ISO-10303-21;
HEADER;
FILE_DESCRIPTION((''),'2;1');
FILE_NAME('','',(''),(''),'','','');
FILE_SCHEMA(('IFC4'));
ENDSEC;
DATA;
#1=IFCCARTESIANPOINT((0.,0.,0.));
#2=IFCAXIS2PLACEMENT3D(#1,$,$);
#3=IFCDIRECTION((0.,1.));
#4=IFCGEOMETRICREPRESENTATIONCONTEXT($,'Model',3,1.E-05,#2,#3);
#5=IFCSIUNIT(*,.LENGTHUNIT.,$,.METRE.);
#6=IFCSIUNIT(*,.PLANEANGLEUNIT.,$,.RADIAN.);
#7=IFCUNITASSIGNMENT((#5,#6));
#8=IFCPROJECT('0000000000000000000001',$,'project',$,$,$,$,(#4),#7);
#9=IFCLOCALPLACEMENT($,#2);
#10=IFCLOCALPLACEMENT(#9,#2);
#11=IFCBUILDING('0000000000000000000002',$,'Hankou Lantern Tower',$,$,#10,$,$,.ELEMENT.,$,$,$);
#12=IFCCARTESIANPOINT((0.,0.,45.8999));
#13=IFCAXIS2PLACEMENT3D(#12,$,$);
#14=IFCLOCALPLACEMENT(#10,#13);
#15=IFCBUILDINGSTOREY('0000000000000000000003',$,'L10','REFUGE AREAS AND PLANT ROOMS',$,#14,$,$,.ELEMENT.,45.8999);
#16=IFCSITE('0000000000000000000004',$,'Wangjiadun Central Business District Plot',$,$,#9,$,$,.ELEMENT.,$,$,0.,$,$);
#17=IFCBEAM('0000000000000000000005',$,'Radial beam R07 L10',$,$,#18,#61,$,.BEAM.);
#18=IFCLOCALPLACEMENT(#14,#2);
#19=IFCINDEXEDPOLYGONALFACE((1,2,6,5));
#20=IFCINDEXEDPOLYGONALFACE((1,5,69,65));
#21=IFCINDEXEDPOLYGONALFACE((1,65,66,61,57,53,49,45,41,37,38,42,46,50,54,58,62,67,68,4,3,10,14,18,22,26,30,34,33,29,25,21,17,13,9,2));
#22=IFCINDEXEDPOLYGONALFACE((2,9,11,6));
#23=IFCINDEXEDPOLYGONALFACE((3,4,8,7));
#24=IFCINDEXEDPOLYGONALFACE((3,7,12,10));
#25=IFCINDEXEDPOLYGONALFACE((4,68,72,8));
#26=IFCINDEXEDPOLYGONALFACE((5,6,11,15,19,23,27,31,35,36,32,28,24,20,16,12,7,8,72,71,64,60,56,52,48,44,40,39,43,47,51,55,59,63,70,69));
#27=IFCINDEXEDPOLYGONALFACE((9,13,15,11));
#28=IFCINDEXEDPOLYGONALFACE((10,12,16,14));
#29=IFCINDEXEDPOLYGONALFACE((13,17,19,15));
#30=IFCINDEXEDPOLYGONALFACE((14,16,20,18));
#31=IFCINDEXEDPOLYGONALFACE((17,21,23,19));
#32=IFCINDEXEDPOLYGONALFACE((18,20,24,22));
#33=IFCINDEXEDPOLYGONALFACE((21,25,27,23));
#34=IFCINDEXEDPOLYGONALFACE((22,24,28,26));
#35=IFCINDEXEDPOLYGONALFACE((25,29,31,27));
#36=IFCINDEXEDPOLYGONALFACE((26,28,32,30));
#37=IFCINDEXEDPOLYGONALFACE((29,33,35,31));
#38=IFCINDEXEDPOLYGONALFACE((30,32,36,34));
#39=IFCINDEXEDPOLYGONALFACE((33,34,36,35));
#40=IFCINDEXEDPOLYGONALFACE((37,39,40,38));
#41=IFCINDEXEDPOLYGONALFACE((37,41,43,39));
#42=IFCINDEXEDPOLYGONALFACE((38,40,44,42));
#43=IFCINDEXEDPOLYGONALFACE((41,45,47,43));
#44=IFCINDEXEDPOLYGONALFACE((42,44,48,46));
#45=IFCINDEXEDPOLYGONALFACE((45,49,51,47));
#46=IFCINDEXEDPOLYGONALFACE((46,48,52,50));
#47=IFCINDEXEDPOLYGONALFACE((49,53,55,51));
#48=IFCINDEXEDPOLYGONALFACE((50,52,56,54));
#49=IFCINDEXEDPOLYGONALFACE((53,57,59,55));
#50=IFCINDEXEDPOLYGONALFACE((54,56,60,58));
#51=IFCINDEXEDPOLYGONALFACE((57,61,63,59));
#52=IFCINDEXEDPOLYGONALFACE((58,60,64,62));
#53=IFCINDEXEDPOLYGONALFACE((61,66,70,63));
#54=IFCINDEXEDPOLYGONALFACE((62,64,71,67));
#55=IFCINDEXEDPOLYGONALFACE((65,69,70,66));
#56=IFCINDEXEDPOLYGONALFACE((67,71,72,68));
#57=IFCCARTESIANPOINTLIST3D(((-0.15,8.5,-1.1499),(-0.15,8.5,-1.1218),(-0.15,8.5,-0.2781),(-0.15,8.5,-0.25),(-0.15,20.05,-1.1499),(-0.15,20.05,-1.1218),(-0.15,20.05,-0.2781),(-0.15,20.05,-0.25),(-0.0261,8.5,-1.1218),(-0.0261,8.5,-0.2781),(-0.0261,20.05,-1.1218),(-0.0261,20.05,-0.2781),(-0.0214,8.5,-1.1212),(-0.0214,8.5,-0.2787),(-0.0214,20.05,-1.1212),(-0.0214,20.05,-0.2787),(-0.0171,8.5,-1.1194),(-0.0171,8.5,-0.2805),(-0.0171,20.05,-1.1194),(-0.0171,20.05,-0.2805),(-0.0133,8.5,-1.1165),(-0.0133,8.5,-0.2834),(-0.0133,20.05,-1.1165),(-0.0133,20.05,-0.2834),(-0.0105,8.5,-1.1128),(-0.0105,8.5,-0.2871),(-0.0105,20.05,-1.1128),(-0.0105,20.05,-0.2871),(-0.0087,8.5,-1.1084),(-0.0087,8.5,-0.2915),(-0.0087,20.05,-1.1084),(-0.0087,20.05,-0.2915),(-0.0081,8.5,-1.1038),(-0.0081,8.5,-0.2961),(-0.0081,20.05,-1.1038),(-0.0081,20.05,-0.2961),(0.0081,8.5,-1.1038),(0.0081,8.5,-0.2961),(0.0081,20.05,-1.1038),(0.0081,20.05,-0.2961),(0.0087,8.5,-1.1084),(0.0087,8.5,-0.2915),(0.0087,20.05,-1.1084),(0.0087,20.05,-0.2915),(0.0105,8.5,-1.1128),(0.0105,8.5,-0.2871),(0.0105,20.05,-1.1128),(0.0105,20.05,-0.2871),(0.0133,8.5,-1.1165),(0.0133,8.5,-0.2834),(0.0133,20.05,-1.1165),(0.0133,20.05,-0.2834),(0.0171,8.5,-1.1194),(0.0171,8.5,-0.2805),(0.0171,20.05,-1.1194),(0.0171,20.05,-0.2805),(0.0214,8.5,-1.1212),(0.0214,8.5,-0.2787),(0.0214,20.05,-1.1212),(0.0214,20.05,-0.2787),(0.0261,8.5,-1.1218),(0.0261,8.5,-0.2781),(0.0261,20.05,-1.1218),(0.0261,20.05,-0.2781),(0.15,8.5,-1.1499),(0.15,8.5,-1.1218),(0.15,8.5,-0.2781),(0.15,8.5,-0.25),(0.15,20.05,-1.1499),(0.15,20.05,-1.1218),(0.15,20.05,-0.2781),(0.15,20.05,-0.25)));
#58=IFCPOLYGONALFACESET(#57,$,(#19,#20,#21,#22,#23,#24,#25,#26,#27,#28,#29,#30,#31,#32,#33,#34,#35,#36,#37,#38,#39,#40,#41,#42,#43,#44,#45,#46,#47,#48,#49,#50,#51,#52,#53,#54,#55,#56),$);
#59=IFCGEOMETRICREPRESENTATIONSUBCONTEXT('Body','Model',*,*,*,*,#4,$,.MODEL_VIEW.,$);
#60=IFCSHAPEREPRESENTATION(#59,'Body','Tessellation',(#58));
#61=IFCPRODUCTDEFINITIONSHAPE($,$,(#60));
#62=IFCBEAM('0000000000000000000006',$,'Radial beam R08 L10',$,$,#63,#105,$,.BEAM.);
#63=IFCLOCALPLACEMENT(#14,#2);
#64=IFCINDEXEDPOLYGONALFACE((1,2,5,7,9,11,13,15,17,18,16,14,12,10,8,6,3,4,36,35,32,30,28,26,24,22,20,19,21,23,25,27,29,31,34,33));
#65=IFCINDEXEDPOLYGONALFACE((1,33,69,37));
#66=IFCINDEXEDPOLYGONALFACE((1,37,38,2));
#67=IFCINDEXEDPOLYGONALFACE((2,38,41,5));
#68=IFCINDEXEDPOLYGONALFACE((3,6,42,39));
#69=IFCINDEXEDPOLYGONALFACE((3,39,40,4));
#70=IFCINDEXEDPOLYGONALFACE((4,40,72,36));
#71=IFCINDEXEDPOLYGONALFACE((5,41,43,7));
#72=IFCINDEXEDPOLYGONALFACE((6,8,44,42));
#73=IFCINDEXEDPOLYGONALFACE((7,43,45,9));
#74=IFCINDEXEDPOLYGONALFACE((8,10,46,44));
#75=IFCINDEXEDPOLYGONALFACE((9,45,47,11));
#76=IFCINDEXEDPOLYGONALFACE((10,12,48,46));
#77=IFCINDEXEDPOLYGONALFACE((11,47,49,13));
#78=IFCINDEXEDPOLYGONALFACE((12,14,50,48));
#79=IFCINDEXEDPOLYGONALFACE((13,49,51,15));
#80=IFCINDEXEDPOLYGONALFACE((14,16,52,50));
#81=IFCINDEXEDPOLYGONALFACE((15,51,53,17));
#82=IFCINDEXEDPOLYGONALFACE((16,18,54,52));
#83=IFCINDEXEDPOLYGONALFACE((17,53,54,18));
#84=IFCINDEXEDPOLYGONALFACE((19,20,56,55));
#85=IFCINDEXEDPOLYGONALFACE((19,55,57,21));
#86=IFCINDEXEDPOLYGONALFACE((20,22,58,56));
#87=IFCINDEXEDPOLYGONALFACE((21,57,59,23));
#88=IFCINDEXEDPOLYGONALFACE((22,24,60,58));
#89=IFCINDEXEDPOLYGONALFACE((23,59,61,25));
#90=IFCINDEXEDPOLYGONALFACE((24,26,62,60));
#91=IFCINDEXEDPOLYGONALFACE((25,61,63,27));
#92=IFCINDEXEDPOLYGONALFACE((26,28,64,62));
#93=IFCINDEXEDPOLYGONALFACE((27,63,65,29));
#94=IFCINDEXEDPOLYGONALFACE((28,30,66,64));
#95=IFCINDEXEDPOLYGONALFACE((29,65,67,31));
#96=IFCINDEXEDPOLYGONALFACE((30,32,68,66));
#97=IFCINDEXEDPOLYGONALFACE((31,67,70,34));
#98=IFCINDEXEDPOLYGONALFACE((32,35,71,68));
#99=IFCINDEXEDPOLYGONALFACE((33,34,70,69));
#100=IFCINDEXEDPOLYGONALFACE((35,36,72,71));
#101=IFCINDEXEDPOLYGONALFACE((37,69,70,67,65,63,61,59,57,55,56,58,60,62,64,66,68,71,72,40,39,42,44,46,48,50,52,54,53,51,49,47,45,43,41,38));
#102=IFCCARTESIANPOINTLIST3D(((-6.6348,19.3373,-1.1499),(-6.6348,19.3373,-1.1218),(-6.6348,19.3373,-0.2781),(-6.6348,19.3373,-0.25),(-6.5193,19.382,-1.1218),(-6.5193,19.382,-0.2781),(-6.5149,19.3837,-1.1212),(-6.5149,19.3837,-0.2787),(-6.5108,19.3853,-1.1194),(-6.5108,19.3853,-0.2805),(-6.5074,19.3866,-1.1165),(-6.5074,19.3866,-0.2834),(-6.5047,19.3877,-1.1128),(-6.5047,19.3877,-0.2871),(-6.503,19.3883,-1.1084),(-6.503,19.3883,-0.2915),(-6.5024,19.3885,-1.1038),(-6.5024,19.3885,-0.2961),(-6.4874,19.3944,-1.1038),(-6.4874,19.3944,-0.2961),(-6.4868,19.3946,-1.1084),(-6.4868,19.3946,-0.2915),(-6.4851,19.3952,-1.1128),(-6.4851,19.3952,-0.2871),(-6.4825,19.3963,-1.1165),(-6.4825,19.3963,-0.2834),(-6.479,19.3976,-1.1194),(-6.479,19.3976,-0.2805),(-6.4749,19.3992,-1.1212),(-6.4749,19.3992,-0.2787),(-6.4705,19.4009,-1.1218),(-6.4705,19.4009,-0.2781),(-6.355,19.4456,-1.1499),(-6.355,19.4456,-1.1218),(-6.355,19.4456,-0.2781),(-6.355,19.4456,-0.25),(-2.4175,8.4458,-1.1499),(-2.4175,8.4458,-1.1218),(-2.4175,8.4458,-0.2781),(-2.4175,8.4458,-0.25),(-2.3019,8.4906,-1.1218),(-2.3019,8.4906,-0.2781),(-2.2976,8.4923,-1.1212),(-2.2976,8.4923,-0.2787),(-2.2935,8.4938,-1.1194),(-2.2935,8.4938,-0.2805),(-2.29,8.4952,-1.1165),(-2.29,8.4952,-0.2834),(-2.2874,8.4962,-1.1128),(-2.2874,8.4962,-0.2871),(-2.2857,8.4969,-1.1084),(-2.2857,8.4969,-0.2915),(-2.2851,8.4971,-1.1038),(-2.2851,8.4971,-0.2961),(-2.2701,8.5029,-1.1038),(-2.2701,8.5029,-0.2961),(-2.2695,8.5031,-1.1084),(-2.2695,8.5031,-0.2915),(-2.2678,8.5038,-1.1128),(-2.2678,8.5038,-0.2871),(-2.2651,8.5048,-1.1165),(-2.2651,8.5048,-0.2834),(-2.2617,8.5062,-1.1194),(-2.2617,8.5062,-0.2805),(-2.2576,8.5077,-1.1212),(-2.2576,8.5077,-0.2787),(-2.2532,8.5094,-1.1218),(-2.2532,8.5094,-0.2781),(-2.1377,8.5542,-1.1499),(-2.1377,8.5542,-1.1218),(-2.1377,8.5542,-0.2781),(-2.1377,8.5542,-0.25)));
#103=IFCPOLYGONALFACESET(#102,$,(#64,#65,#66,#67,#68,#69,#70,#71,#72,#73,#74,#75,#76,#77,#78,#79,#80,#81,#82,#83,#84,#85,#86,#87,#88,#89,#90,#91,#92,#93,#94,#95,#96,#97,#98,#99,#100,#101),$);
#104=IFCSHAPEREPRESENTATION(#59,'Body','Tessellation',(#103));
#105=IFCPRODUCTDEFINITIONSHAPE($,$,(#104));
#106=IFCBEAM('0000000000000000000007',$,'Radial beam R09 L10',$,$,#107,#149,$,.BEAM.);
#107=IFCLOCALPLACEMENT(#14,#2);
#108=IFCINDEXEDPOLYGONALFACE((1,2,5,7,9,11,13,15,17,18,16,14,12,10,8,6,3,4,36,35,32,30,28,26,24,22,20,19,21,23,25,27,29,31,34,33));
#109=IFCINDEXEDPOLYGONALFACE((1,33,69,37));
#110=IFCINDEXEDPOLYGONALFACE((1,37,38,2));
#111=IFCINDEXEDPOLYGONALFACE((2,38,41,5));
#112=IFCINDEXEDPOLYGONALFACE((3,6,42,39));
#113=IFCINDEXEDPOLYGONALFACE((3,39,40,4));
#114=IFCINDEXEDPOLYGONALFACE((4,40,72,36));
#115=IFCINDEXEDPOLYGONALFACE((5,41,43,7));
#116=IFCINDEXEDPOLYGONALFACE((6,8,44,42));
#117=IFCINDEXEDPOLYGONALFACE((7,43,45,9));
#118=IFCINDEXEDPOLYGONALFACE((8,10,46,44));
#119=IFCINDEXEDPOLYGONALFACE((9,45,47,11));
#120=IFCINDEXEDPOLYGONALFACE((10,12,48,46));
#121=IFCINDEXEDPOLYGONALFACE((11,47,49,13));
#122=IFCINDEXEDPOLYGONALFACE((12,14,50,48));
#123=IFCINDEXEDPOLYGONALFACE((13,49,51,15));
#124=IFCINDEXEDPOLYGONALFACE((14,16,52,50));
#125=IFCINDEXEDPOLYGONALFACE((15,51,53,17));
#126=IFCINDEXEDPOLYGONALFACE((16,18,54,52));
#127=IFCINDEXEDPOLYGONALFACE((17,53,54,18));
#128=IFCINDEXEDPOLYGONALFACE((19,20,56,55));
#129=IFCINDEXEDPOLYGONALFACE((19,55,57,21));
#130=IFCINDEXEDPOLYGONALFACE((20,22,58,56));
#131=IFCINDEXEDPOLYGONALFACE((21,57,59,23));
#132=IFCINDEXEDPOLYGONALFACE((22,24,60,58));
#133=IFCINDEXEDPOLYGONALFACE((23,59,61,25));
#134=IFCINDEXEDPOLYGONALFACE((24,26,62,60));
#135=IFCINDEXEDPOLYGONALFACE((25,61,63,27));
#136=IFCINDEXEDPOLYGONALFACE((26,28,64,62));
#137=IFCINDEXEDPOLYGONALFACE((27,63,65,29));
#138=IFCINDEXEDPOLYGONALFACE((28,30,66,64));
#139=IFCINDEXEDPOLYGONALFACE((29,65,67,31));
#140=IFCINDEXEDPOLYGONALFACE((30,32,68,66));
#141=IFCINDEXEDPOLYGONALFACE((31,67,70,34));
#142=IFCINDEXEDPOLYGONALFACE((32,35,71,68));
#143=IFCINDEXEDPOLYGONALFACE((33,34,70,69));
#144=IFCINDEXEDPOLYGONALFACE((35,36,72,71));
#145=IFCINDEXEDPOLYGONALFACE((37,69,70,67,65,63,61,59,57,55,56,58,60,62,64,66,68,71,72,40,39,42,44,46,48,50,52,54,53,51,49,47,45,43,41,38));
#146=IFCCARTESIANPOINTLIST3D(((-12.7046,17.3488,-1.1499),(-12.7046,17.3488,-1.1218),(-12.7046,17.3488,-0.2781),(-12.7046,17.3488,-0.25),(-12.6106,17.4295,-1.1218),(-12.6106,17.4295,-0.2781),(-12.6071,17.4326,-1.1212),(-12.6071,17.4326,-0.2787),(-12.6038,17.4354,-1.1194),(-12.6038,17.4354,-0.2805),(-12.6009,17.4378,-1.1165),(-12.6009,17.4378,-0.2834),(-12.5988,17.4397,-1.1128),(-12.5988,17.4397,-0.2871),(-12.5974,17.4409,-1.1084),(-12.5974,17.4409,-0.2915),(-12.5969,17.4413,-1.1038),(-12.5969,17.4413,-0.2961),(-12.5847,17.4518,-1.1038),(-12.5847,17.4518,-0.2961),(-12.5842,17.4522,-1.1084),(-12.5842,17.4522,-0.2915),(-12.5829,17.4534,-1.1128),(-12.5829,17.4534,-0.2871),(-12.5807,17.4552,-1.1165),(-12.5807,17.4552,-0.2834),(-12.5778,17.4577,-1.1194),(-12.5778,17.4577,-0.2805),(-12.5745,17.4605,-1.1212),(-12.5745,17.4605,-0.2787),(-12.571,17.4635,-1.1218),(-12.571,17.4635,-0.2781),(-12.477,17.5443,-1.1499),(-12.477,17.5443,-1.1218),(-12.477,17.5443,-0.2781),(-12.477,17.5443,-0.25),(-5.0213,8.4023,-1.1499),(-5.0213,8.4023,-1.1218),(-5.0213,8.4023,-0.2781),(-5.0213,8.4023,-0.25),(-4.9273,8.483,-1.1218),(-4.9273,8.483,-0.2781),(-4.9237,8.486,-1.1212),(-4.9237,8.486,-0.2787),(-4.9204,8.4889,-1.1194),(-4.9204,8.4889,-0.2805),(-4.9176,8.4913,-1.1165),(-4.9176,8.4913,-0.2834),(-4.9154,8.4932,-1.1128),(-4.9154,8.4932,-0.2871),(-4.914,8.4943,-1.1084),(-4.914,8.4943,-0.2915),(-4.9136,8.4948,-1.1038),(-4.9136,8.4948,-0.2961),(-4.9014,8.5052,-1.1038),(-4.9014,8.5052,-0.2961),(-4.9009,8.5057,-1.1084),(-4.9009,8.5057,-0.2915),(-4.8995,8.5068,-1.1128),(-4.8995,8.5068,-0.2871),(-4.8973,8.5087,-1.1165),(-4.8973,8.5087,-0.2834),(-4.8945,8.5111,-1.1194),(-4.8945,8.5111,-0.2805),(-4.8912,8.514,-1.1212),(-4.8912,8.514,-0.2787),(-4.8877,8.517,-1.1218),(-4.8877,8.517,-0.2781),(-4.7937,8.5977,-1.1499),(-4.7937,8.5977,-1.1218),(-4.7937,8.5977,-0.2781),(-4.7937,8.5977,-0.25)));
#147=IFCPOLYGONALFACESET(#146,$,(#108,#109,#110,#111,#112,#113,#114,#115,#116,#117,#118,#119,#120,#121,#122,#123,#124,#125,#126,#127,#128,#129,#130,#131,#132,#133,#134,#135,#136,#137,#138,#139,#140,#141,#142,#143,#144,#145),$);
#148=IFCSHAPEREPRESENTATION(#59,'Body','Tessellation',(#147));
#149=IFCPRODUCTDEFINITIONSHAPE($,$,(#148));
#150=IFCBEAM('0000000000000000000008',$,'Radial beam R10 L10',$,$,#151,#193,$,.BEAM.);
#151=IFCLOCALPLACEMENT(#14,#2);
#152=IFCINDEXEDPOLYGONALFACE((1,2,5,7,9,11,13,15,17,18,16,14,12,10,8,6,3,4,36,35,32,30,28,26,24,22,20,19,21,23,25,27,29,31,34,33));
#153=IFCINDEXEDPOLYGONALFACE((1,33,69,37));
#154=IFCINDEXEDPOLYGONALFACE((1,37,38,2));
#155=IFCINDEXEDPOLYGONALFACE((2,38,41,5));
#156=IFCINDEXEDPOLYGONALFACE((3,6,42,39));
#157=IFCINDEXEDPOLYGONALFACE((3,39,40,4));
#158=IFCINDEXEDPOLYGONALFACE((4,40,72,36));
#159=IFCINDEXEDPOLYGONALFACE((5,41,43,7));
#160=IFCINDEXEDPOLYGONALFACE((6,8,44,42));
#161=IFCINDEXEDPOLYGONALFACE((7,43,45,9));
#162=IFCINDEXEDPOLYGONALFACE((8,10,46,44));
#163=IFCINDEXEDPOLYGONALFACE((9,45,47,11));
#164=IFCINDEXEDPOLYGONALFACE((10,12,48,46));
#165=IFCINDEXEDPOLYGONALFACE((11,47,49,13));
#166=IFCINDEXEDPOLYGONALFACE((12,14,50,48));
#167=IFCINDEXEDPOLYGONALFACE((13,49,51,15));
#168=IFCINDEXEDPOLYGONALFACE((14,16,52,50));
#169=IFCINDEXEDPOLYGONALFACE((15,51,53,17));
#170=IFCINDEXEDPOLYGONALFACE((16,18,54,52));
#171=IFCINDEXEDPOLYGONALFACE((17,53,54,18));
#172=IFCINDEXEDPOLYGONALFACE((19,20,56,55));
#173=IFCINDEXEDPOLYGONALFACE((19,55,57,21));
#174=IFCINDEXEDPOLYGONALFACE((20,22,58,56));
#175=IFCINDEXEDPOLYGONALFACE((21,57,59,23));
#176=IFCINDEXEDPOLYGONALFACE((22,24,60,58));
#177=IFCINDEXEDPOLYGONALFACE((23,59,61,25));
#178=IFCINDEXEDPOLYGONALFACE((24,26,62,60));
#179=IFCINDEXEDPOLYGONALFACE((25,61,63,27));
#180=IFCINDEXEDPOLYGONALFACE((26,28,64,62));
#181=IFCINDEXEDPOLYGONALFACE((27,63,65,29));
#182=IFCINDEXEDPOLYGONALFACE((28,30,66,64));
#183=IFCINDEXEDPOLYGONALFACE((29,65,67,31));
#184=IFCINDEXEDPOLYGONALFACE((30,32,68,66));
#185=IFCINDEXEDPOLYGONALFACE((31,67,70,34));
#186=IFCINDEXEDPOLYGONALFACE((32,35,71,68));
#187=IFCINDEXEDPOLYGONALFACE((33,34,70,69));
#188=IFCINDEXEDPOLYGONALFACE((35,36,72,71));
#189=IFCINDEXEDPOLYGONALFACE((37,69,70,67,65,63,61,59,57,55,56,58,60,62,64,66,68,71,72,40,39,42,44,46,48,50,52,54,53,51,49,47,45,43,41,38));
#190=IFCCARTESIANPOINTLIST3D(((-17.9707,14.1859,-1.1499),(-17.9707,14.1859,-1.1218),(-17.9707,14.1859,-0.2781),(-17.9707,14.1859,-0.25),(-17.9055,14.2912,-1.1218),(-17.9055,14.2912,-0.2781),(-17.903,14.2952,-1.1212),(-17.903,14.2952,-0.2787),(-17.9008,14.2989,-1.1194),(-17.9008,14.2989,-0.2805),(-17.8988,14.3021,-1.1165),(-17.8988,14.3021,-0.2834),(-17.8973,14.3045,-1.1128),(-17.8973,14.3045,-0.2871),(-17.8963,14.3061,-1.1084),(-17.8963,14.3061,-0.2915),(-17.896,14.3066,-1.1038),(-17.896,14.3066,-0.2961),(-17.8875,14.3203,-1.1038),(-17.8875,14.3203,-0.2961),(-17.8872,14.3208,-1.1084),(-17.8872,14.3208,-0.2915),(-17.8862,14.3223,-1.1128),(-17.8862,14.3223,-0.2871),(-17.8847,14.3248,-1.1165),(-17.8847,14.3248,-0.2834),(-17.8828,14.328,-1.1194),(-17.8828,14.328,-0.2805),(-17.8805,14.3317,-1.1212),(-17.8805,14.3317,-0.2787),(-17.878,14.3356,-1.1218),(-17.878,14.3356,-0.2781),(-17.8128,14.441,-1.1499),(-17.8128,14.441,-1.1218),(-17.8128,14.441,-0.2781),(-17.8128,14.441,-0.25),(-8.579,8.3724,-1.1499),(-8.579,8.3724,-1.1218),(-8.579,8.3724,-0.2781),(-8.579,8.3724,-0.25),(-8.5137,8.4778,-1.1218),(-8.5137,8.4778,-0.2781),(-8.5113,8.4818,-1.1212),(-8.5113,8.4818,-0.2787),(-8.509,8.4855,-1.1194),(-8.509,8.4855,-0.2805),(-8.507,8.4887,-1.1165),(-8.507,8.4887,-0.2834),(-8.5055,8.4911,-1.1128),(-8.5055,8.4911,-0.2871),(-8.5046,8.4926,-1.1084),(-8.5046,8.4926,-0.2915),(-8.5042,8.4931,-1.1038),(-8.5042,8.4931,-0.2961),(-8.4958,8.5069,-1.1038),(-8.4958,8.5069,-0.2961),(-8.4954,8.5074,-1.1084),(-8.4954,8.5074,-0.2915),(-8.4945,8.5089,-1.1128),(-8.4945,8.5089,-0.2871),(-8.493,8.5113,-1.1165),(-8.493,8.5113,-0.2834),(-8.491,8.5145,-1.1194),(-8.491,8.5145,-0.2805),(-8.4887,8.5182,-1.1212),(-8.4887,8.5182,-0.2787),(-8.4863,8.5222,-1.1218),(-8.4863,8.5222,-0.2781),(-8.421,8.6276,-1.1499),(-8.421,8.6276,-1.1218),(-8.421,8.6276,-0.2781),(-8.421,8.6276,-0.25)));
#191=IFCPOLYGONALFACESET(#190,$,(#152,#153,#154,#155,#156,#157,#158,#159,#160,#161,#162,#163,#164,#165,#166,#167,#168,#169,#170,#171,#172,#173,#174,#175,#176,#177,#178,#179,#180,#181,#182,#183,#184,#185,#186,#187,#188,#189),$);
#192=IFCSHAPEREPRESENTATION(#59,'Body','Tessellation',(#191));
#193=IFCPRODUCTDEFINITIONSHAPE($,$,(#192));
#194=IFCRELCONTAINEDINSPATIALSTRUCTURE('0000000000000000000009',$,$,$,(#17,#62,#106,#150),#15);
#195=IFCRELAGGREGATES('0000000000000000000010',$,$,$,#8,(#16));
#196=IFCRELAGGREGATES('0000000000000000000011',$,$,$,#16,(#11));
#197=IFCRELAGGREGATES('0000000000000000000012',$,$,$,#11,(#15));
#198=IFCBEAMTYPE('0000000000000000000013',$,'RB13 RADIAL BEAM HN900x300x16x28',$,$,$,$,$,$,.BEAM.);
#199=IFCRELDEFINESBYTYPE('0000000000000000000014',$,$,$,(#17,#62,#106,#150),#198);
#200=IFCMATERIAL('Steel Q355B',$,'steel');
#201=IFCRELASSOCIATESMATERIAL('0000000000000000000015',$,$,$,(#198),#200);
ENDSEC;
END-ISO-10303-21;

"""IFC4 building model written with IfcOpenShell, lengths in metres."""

from ifc_helpers import new_model, si_unit, direction, frame, origin, origin_2d, place, context, subcontext, project, spatial, i_section, extrude, material, material_profile, profile_set, type_object, element, save


model = new_model("IFC4")

# Units and contexts
model_context = context("Model", 3, precision=1e-05, world=origin(), true_north=direction((0.0, 1.0)))
body_context = subcontext(model_context, "Body", "Model", "MODEL_VIEW")
ifc_project = project(units=[si_unit("LENGTHUNIT", "METRE"), si_unit("PLANEANGLEUNIT", "RADIAN")], contexts=[model_context])

# Site, building, storey
site_placement = place(None, origin())
site = spatial("IfcSite", under=ifc_project, at=site_placement, Name="Wangjiadun Central Business District Plot", CompositionType="ELEMENT", RefElevation=0.0)
building_placement = place(site_placement, origin())
building = spatial("IfcBuilding", under=site, at=building_placement, Name="Hankou Lantern Tower", CompositionType="ELEMENT")
storey_placement = place(building_placement, frame((0.0, 0.0, 45.8999)))
storey = spatial("IfcBuildingStorey", under=building, at=storey_placement, Name="L10", Description="REFUGE AREAS AND PLANT ROOMS", CompositionType="ELEMENT", Elevation=45.8999)

# Beams
ifc_material_1 = material(Name="Steel Q355B", Category="steel")
ifc_material_profile_1 = material_profile(ifc_material_1, i_section(OverallWidth=0.3, OverallDepth=0.8999, WebThickness=0.0161, FlangeThickness=0.0281, FilletRadius=0.0181, at=origin_2d()), Name="HN900x300x16x28")
ifc_profile_set_1 = profile_set([ifc_material_profile_1], Name="Steel Q355B")
beam_type_1 = type_object("IfcBeamType", Name="RB13 RADIAL BEAM HN900x300x16x28", PredefinedType="BEAM", material=ifc_profile_set_1)
beam_1_placement = place(storey_placement, frame((0.0, 8.5, -0.7), z_axis=(0.0, 1.0, 0.0), x_axis=(-1.0, 0.0, 0.0)))
element("IfcBeam", 1, at=beam_1_placement, inside=storey, type_object=beam_type_1, Name="Radial beam R07 L10", PredefinedType="BEAM", context=body_context, shape_type="SweptSolid", body=[
    extrude(i_section(OverallWidth=0.3, OverallDepth=0.8999, WebThickness=0.0161, FlangeThickness=0.0281, FilletRadius=0.0181, at=origin_2d()), origin(), (0.0, 0.0, 1.0), 11.55),
])
beam_2_placement = place(storey_placement, frame((-2.2776, 8.5, -0.7), z_axis=(-0.361089, 0.932531, 0.0), x_axis=(-0.932531, -0.361089, 0.0)))
element("IfcBeam", 2, at=beam_2_placement, inside=storey, type_object=beam_type_1, Name="Radial beam R08 L10", PredefinedType="BEAM", context=body_context, shape_type="SweptSolid", body=[
    extrude(i_section(OverallWidth=0.3, OverallDepth=0.8999, WebThickness=0.0161, FlangeThickness=0.0281, FilletRadius=0.0181, at=origin_2d()), origin(), (0.0, 0.0, 1.0), 11.6794),
])
beam_3_placement = place(storey_placement, frame((-4.9075, 8.5, -0.7), z_axis=(-0.651519, 0.758632, 0.0), x_axis=(-0.758632, -0.651519, 0.0)))
element("IfcBeam", 3, at=beam_3_placement, inside=storey, type_object=beam_type_1, Name="Radial beam R09 L10", PredefinedType="BEAM", context=body_context, shape_type="SweptSolid", body=[
    extrude(i_section(OverallWidth=0.3, OverallDepth=0.8999, WebThickness=0.0161, FlangeThickness=0.0281, FilletRadius=0.0181, at=origin_2d()), origin(), (0.0, 0.0, 1.0), 11.793),
])
beam_4_placement = place(storey_placement, frame((-8.5, 8.5, -0.7), z_axis=(-0.850286, 0.52632, 0.0), x_axis=(-0.52632, -0.850286, 0.0)))
element("IfcBeam", 4, at=beam_4_placement, inside=storey, type_object=beam_type_1, Name="Radial beam R10 L10", PredefinedType="BEAM", context=body_context, shape_type="SweptSolid", body=[
    extrude(i_section(OverallWidth=0.3, OverallDepth=0.8999, WebThickness=0.0161, FlangeThickness=0.0281, FilletRadius=0.0181, at=origin_2d()), origin(), (0.0, 0.0, 1.0), 11.0454),
])

save(model, "model.ifc")
